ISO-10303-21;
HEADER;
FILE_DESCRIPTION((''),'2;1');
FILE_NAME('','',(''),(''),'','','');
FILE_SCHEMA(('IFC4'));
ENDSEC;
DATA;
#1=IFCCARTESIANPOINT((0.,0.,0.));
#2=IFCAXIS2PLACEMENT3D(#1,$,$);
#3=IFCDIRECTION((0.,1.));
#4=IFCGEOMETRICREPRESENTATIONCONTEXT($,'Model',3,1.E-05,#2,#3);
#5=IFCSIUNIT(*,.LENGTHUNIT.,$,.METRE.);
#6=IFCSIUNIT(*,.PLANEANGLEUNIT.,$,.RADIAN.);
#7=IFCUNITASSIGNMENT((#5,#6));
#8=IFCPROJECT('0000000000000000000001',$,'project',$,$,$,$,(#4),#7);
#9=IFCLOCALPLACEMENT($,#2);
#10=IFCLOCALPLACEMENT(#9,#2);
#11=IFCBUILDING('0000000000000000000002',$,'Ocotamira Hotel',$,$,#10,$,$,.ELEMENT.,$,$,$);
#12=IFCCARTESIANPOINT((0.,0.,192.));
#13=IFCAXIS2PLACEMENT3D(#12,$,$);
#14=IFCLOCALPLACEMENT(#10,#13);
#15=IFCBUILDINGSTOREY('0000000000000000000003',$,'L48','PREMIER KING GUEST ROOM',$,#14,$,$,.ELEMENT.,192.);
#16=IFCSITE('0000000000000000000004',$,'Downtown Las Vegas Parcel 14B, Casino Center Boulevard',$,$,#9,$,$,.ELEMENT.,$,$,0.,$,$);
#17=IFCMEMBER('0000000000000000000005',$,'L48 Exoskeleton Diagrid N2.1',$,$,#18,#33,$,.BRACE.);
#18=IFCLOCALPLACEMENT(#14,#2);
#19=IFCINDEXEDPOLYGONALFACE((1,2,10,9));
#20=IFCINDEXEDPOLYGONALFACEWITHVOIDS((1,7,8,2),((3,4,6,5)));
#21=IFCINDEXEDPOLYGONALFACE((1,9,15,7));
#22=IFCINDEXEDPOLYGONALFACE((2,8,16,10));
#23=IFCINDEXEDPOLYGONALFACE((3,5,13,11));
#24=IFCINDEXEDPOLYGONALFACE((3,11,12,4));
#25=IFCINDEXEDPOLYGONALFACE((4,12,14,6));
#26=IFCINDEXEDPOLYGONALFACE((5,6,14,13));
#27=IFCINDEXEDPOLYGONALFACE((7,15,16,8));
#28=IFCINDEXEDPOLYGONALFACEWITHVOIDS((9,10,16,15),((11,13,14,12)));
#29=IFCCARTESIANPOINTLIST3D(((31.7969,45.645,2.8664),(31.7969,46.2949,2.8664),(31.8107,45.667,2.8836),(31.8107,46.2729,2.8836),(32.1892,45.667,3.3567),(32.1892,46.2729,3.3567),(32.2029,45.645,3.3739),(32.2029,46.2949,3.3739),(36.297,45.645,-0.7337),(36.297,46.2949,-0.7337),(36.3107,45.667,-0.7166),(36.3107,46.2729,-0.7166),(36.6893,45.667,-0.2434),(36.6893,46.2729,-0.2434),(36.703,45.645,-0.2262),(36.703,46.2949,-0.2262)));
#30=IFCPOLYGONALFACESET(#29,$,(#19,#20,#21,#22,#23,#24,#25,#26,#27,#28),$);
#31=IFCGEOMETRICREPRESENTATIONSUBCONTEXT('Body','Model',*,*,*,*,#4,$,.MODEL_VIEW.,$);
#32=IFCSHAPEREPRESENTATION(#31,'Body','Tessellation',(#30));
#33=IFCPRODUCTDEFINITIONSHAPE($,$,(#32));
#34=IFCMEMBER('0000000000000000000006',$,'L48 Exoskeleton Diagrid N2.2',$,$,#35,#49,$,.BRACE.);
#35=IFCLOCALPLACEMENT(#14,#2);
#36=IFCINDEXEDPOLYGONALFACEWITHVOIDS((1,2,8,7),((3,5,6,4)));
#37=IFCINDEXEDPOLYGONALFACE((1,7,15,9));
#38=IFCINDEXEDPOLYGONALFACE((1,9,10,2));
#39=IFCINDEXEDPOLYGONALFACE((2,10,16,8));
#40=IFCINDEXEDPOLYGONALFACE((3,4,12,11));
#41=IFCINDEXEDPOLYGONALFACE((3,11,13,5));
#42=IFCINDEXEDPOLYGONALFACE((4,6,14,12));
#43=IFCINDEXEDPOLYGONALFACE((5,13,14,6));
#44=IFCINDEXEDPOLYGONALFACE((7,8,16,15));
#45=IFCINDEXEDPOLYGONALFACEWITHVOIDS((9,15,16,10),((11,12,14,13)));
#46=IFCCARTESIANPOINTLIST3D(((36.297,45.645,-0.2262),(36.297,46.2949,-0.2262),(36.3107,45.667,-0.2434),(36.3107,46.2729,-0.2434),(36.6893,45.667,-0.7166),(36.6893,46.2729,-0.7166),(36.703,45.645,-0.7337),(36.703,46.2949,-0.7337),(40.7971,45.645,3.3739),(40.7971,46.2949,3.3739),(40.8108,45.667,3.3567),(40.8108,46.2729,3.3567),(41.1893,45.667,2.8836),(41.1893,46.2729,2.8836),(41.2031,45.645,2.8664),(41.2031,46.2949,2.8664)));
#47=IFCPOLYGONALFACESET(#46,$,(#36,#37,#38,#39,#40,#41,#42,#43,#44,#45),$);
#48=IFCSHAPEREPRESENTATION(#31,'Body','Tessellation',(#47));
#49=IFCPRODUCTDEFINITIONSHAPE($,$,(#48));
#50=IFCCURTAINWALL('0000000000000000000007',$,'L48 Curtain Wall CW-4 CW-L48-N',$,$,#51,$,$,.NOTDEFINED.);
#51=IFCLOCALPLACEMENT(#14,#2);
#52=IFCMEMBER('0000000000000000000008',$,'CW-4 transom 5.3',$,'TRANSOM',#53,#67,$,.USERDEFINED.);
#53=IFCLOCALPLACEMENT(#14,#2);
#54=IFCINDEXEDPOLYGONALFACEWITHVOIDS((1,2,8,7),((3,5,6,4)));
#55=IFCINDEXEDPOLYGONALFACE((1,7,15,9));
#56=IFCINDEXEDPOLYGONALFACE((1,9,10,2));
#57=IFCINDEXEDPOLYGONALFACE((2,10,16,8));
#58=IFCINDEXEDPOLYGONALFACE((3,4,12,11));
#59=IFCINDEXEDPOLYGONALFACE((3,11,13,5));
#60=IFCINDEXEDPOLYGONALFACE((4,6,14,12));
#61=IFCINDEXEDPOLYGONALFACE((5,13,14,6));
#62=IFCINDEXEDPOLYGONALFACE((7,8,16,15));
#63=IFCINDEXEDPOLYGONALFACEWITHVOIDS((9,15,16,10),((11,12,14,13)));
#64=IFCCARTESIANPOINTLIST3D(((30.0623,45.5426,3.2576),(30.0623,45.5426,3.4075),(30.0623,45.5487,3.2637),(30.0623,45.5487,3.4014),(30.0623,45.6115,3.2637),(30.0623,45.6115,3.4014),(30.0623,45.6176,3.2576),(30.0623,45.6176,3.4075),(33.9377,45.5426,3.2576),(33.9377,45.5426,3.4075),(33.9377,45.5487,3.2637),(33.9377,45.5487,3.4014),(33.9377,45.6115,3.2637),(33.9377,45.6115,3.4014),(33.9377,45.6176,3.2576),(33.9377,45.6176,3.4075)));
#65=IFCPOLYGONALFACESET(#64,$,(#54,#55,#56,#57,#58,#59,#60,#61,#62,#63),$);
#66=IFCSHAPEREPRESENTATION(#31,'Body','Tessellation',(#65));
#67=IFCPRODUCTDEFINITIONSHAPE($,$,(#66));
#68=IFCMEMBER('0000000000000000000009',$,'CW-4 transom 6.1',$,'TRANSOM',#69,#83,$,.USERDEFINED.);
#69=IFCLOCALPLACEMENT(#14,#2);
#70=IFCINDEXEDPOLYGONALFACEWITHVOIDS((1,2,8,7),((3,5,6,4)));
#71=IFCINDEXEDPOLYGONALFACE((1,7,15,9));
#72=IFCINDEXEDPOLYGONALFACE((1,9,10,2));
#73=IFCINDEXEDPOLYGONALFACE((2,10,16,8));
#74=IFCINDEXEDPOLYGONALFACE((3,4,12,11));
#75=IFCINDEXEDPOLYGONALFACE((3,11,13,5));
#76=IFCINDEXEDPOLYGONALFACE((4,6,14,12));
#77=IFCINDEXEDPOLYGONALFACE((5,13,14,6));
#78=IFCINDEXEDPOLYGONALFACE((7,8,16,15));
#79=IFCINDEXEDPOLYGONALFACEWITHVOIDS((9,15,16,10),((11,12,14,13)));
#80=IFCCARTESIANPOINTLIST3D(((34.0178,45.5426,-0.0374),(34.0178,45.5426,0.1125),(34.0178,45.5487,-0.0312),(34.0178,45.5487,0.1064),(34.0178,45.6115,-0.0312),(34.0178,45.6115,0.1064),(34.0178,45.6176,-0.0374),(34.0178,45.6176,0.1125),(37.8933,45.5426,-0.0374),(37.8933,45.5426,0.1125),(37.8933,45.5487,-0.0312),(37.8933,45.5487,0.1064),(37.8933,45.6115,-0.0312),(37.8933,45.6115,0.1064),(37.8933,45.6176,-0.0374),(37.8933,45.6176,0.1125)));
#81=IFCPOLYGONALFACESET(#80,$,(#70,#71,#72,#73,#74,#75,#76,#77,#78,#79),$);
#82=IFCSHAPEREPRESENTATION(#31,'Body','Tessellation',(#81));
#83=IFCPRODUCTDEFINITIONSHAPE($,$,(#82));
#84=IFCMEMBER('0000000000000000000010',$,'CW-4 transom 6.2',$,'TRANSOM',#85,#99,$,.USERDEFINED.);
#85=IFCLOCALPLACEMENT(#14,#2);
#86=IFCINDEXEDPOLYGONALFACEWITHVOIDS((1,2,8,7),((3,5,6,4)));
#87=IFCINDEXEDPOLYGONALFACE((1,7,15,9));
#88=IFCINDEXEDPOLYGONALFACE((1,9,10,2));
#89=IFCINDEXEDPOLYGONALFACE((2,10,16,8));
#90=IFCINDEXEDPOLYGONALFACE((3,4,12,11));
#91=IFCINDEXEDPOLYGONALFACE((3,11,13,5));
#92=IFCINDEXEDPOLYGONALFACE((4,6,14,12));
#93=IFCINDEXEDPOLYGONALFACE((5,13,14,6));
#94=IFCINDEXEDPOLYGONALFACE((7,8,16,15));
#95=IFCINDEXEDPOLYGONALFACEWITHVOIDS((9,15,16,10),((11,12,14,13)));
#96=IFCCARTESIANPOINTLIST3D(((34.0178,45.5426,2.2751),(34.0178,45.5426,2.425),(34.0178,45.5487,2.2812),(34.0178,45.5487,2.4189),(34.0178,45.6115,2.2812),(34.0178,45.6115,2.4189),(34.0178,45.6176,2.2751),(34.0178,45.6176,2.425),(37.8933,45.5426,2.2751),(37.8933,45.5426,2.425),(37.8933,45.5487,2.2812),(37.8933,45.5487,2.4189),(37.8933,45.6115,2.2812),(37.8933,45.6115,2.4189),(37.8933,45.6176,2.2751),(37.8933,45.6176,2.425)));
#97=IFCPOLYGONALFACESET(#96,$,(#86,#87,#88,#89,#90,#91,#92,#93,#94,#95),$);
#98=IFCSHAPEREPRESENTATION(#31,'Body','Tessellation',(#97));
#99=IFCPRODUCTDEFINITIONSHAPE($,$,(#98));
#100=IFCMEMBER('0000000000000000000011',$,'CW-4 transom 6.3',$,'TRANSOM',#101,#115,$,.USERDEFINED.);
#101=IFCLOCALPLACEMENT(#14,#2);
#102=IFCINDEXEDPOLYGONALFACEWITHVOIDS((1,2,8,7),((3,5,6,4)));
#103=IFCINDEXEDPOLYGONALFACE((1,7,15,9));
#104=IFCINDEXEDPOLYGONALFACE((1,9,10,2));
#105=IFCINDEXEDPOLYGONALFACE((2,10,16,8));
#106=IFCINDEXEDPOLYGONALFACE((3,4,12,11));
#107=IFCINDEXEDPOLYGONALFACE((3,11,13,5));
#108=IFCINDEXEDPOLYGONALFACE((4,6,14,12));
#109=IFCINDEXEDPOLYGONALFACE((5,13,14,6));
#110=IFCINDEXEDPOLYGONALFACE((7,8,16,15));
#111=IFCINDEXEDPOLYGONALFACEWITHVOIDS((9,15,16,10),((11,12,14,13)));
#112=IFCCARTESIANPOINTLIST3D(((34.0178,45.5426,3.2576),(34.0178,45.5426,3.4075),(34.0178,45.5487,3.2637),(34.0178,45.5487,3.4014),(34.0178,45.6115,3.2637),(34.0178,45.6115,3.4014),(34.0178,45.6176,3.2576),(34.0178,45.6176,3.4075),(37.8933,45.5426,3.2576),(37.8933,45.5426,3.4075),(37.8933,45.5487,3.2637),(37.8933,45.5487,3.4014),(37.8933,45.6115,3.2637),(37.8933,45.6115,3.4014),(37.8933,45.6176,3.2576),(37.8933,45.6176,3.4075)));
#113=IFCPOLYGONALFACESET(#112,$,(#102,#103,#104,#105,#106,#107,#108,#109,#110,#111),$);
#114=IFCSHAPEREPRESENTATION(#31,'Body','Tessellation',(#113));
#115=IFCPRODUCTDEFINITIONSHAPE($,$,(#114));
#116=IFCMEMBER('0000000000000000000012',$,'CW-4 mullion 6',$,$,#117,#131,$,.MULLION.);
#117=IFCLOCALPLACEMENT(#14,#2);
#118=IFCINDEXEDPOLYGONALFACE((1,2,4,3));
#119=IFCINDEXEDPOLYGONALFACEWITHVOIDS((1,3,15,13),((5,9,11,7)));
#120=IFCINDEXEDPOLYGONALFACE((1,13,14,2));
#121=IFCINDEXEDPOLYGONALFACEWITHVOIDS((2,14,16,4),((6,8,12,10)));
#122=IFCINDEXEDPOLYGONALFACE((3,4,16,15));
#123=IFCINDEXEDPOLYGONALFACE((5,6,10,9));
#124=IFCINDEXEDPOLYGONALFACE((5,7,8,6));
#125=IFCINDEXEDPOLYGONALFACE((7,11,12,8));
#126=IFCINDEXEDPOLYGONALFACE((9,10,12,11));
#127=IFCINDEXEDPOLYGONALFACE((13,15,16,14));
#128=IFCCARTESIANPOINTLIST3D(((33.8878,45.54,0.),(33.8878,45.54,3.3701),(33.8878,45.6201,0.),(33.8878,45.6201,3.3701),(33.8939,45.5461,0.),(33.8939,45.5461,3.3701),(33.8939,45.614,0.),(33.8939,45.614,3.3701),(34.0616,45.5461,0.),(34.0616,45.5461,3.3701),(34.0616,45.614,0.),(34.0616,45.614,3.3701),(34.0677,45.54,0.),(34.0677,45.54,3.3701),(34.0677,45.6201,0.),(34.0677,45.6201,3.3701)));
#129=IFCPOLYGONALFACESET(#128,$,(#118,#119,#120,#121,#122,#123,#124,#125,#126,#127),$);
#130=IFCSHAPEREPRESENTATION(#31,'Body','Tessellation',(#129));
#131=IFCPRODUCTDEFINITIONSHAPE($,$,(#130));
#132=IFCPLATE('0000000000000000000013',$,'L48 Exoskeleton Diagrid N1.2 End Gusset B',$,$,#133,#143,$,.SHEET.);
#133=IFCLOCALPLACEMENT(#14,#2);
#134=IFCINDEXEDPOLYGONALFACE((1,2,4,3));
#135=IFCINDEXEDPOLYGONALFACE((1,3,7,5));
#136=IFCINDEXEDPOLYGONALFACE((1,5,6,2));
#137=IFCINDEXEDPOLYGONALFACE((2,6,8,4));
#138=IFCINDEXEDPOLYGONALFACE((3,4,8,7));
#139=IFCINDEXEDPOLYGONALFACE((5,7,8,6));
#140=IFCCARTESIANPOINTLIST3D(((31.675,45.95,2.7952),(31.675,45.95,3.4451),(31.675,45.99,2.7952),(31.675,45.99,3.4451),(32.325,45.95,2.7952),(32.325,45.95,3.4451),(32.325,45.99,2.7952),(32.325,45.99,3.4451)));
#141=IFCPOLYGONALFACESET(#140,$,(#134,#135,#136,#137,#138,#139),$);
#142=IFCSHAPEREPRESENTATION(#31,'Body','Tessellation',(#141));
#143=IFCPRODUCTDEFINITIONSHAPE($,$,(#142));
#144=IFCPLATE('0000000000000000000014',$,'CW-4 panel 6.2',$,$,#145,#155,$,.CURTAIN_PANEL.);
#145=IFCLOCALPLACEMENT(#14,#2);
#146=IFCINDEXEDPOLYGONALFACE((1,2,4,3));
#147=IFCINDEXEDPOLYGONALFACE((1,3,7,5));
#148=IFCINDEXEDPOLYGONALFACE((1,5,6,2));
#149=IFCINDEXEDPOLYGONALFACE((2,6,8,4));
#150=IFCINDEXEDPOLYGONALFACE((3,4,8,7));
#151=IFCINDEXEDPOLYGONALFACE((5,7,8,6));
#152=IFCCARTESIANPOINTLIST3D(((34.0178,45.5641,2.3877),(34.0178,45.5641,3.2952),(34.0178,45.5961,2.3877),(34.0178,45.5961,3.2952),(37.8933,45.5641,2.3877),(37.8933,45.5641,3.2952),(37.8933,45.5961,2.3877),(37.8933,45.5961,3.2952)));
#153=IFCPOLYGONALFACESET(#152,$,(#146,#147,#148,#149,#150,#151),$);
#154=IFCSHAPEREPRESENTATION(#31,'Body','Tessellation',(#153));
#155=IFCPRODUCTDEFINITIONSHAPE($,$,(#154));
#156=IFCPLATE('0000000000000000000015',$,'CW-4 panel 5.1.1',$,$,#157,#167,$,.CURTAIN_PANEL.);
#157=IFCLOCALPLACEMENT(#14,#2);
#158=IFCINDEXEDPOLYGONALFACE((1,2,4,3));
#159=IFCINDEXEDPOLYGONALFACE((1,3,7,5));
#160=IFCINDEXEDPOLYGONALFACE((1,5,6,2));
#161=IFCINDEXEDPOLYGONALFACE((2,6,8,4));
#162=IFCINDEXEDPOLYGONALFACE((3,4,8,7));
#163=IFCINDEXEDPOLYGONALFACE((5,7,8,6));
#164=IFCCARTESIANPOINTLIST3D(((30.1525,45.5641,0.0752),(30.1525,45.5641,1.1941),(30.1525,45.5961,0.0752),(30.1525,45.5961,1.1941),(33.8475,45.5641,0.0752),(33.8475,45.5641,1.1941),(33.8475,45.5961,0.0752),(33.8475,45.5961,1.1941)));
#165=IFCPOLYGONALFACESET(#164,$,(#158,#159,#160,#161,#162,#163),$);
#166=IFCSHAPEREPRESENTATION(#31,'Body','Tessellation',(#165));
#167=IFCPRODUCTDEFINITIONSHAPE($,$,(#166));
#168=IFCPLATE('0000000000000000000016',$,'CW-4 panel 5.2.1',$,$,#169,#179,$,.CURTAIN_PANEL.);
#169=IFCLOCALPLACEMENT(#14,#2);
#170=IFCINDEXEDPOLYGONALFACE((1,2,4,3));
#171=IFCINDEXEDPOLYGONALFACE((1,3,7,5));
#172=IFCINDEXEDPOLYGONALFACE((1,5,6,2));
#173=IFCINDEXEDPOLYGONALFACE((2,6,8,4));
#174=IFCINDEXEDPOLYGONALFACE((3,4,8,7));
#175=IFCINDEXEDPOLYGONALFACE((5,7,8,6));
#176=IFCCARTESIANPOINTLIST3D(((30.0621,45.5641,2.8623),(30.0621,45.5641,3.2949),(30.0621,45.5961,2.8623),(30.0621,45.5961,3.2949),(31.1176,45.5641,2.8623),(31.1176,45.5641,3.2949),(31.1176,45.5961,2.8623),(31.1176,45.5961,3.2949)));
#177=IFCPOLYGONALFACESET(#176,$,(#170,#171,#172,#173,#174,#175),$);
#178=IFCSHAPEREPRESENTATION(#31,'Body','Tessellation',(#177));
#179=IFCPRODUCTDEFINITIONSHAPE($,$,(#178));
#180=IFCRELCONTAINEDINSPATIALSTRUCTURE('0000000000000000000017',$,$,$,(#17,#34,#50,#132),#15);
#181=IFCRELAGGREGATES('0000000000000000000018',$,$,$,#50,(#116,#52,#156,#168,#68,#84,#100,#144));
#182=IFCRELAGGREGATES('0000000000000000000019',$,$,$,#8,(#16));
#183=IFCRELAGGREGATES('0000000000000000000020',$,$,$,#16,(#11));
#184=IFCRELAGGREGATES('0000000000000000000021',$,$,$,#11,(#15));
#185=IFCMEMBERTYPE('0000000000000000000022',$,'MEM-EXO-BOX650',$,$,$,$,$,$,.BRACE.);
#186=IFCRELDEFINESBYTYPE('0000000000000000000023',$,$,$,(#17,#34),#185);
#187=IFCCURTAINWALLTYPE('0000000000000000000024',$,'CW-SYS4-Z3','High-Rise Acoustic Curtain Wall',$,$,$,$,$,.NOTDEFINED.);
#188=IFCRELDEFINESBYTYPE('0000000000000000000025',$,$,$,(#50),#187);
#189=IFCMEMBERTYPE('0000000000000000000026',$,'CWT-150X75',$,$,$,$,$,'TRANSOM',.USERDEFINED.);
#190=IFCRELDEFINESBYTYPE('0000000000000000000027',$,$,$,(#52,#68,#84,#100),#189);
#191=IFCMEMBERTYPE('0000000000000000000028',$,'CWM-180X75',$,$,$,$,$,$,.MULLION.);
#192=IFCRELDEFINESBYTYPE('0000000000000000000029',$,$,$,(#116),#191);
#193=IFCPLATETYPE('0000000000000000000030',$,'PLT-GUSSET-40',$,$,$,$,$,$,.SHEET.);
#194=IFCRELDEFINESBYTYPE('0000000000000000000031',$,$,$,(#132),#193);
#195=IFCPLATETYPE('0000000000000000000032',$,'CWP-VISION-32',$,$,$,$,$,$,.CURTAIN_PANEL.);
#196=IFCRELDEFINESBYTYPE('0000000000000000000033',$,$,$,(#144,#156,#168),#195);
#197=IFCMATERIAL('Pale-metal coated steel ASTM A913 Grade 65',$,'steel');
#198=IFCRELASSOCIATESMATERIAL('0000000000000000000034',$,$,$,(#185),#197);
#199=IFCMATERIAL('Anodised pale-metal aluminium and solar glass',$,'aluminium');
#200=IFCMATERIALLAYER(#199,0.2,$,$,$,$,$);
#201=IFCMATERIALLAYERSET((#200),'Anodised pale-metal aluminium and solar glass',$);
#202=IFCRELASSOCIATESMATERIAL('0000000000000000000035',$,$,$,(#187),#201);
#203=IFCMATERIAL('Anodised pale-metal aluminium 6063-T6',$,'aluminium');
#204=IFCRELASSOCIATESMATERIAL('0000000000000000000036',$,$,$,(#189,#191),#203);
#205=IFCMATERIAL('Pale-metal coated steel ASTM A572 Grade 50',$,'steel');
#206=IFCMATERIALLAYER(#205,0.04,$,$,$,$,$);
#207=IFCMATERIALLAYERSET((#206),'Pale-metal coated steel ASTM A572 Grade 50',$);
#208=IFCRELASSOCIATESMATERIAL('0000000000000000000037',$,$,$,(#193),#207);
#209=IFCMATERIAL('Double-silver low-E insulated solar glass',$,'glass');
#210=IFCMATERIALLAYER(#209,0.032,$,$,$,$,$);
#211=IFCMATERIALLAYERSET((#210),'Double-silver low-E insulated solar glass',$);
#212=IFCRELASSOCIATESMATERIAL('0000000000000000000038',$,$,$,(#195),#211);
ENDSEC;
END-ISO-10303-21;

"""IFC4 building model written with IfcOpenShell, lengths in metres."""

from ifc_helpers import new_model, si_unit, direction, frame, origin, origin_2d, place, context, subcontext, project, spatial, rectangle, hollow_rectangle, extrude, source, transform, mapped, material, layer, layer_set, material_profile, profile_set, type_object, element, aggregate, save


model = new_model("IFC4")

# Units and contexts
model_context = context("Model", 3, precision=1e-05, world=origin(), true_north=direction((0.0, 1.0)))
body_context = subcontext(model_context, "Body", "Model", "MODEL_VIEW")
ifc_project = project(units=[si_unit("LENGTHUNIT", "METRE"), si_unit("PLANEANGLEUNIT", "RADIAN")], contexts=[model_context])

# Site, building, storey
site_placement = place(None, origin())
site = spatial("IfcSite", under=ifc_project, at=site_placement, Name="Downtown Las Vegas Parcel 14B, Casino Center Boulevard", CompositionType="ELEMENT", RefElevation=0.0)
building_placement = place(site_placement, origin())
building = spatial("IfcBuilding", under=site, at=building_placement, Name="Ocotamira Hotel", CompositionType="ELEMENT")
storey_placement = place(building_placement, frame((0.0, 0.0, 192.0)))
storey = spatial("IfcBuildingStorey", under=building, at=storey_placement, Name="L48", Description="PREMIER KING GUEST ROOM", CompositionType="ELEMENT", Elevation=192.0)

# Members
ifc_material_1 = material(Name="Pale-metal coated steel ASTM A913 Grade 65", Category="steel")
ifc_material_profile_1 = material_profile(ifc_material_1, hollow_rectangle(XDim=0.6499, YDim=0.6499, WallThickness=0.022, at=origin_2d()), Name="BOX650X650X22")
ifc_profile_set_1 = profile_set([ifc_material_profile_1], Name="Pale-metal coated steel ASTM A913 Grade 65")
member_type_1 = type_object("IfcMemberType", Name="MEM-EXO-BOX650", PredefinedType="BRACE", material=ifc_profile_set_1)
shared_shape_1 = source(origin(), body_context, "Body", "SweptSolid", [
    extrude(hollow_rectangle(XDim=0.6499, YDim=0.6499, WallThickness=0.022, at=origin_2d()), origin(), (0.0, 0.0, 1.0), 5.7629),
])
for number, where, z_axis, x_axis, name in (
    (1, (36.5, 45.97, -0.48), (-0.780861, 0.0, 0.624705), (0.0, -1.0, 0.0), "L48 Exoskeleton Diagrid N2.1"),
    (2, (36.5, 45.97, -0.48), (0.780861, 0.0, 0.624705), (0.0, 1.0, 0.0), "L48 Exoskeleton Diagrid N2.2"),
):
    element("IfcMember", number, at=place(storey_placement, frame(where, z_axis=z_axis, x_axis=x_axis)), inside=storey, type_object=member_type_1, Name=name, PredefinedType="BRACE", context=body_context, shape_type="MappedRepresentation", body=[
        mapped(shared_shape_1, transform((0.0, 0.0, 0.0), scale=1.0)),
    ])

# Curtain wall, members
ifc_material_2 = material(Name="Anodised pale-metal aluminium and solar glass", Category="aluminium")
ifc_layer_1 = layer(ifc_material_2, 0.2)
ifc_layer_set_1 = layer_set([ifc_layer_1], Name="Anodised pale-metal aluminium and solar glass")
curtain_wall_type = type_object("IfcCurtainWallType", Name="CW-SYS4-Z3", Description="High-Rise Acoustic Curtain Wall", PredefinedType="NOTDEFINED", material=ifc_layer_set_1)
curtain_wall_placement = place(storey_placement, origin())
curtain_wall = element("IfcCurtainWall", 3, at=curtain_wall_placement, inside=storey, type_object=curtain_wall_type, Name="L48 Curtain Wall CW-4 CW-L48-N", PredefinedType="NOTDEFINED")
ifc_material_3 = material(Name="Anodised pale-metal aluminium 6063-T6", Category="aluminium")
ifc_material_profile_2 = material_profile(ifc_material_3, hollow_rectangle(XDim=0.075, YDim=0.1499, WallThickness=0.0061, at=origin_2d()), Name="HSS150X75X6")
ifc_profile_set_2 = profile_set([ifc_material_profile_2], Name="Anodised pale-metal aluminium 6063-T6")
member_type_2 = type_object("IfcMemberType", Name="CWT-150X75", ElementType="TRANSOM", PredefinedType="USERDEFINED", material=ifc_profile_set_2)
shared_shape_2 = source(origin(), body_context, "Body", "SweptSolid", [
    extrude(hollow_rectangle(XDim=0.075, YDim=0.1499, WallThickness=0.0061, at=origin_2d()), origin(), (0.0, 0.0, 1.0), 3.8755),
])
member_1_placement = place(storey_placement, frame((30.0623, 45.5801, 3.3325), z_axis=(1.0, 0.0, 0.0), x_axis=(0.0, 1.0, 0.0)))
member_1 = element("IfcMember", 4, at=member_1_placement, type_object=member_type_2, Name="CW-4 transom 5.3", ObjectType="TRANSOM", PredefinedType="USERDEFINED", context=body_context, shape_type="MappedRepresentation", body=[
    mapped(shared_shape_2, transform((0.0, 0.0, 0.0), scale=1.0)),
])
member_2_placement = place(storey_placement, frame((34.0178, 45.5801, 0.0376), z_axis=(1.0, 0.0, 0.0), x_axis=(0.0, 1.0, 0.0)))
member_2 = element("IfcMember", 5, at=member_2_placement, type_object=member_type_2, Name="CW-4 transom 6.1", ObjectType="TRANSOM", PredefinedType="USERDEFINED", context=body_context, shape_type="MappedRepresentation", body=[
    mapped(shared_shape_2, transform((0.0, 0.0, 0.0), scale=1.0)),
])
member_3_placement = place(storey_placement, frame((34.0178, 45.5801, 2.3501), z_axis=(1.0, 0.0, 0.0), x_axis=(0.0, 1.0, 0.0)))
member_3 = element("IfcMember", 6, at=member_3_placement, type_object=member_type_2, Name="CW-4 transom 6.2", ObjectType="TRANSOM", PredefinedType="USERDEFINED", context=body_context, shape_type="MappedRepresentation", body=[
    mapped(shared_shape_2, transform((0.0, 0.0, 0.0), scale=1.0)),
])
member_4_placement = place(storey_placement, frame((34.0178, 45.5801, 3.3325), z_axis=(1.0, 0.0, 0.0), x_axis=(0.0, 1.0, 0.0)))
member_4 = element("IfcMember", 7, at=member_4_placement, type_object=member_type_2, Name="CW-4 transom 6.3", ObjectType="TRANSOM", PredefinedType="USERDEFINED", context=body_context, shape_type="MappedRepresentation", body=[
    mapped(shared_shape_2, transform((0.0, 0.0, 0.0), scale=1.0)),
])
ifc_material_profile_3 = material_profile(ifc_material_3, hollow_rectangle(XDim=0.0801, YDim=0.1799, WallThickness=0.0061, at=origin_2d()), Name="HSS180X80X6")
ifc_profile_set_3 = profile_set([ifc_material_profile_3], Name="Anodised pale-metal aluminium 6063-T6")
member_type_3 = type_object("IfcMemberType", Name="CWM-180X75", PredefinedType="MULLION", material=ifc_profile_set_3)
shared_shape_3 = source(origin(), body_context, "Body", "SweptSolid", [
    extrude(hollow_rectangle(XDim=0.0801, YDim=0.1799, WallThickness=0.0061, at=origin_2d()), origin(), (0.0, 0.0, 1.0), 3.3701),
])
member_5_placement = place(storey_placement, frame((33.9778, 45.5801, 0.0), z_axis=(0.0, 0.0, 1.0), x_axis=(0.0, 1.0, 0.0)))
member_5 = element("IfcMember", 8, at=member_5_placement, type_object=member_type_3, Name="CW-4 mullion 6", PredefinedType="MULLION", context=body_context, shape_type="MappedRepresentation", body=[
    mapped(shared_shape_3, transform((0.0, 0.0, 0.0), scale=1.0)),
])

# Plates
ifc_material_4 = material(Name="Pale-metal coated steel ASTM A572 Grade 50", Category="steel")
ifc_layer_2 = layer(ifc_material_4, 0.04)
ifc_layer_set_2 = layer_set([ifc_layer_2], Name="Pale-metal coated steel ASTM A572 Grade 50")
plate_type_1 = type_object("IfcPlateType", Name="PLT-GUSSET-40", PredefinedType="SHEET", material=ifc_layer_set_2)
shared_shape_4 = source(origin(), body_context, "Body", "SweptSolid", [
    extrude(rectangle(XDim=0.6499, YDim=0.04, at=origin_2d()), origin(), (0.0, 0.0, 1.0), 0.6499),
])
plate_1_placement = place(storey_placement, frame((32.0, 45.97, 2.7952), z_axis=(0.0, 0.0, 1.0), x_axis=(1.0, 0.0, 0.0)))
element("IfcPlate", 9, at=plate_1_placement, inside=storey, type_object=plate_type_1, Name="L48 Exoskeleton Diagrid N1.2 End Gusset B", PredefinedType="SHEET", context=body_context, shape_type="MappedRepresentation", body=[
    mapped(shared_shape_4, transform((0.0, 0.0, 0.0), scale=1.0)),
])
ifc_material_5 = material(Name="Double-silver low-E insulated solar glass", Category="glass")
ifc_layer_3 = layer(ifc_material_5, 0.032)
ifc_layer_set_3 = layer_set([ifc_layer_3], Name="Double-silver low-E insulated solar glass")
plate_type_2 = type_object("IfcPlateType", Name="CWP-VISION-32", PredefinedType="CURTAIN_PANEL", material=ifc_layer_set_3)
shared_shape_5 = source(origin(), body_context, "Body", "SweptSolid", [
    extrude(rectangle(XDim=3.8755, YDim=0.032, at=origin_2d()), origin(), (0.0, 0.0, 1.0), 0.9075),
])
plate_2_placement = place(storey_placement, frame((35.9556, 45.5801, 2.3877), z_axis=(0.0, 0.0, 1.0), x_axis=(1.0, 0.0, 0.0)))
plate_2 = element("IfcPlate", 10, at=plate_2_placement, type_object=plate_type_2, Name="CW-4 panel 6.2", PredefinedType="CURTAIN_PANEL", context=body_context, shape_type="MappedRepresentation", body=[
    mapped(shared_shape_5, transform((0.0, 0.0, 0.0), scale=1.0)),
])
shared_shape_6 = source(origin(), body_context, "Body", "SweptSolid", [
    extrude(rectangle(XDim=3.6951, YDim=0.032, at=origin_2d()), origin(), (0.0, 0.0, 1.0), 1.1189),
])
plate_3_placement = place(storey_placement, frame((32.0, 45.5801, 0.0752), z_axis=(0.0, 0.0, 1.0), x_axis=(1.0, 0.0, 0.0)))
plate_3 = element("IfcPlate", 11, at=plate_3_placement, type_object=plate_type_2, Name="CW-4 panel 5.1.1", PredefinedType="CURTAIN_PANEL", context=body_context, shape_type="MappedRepresentation", body=[
    mapped(shared_shape_6, transform((0.0, 0.0, 0.0), scale=1.0)),
])
shared_shape_7 = source(origin(), body_context, "Body", "SweptSolid", [
    extrude(rectangle(XDim=1.0554, YDim=0.032, at=origin_2d()), origin(), (0.0, 0.0, 1.0), 0.4326),
])
plate_4_placement = place(storey_placement, frame((30.5898, 45.5801, 2.8623), z_axis=(0.0, 0.0, 1.0), x_axis=(1.0, 0.0, 0.0)))
plate_4 = element("IfcPlate", 12, at=plate_4_placement, type_object=plate_type_2, Name="CW-4 panel 5.2.1", PredefinedType="CURTAIN_PANEL", context=body_context, shape_type="MappedRepresentation", body=[
    mapped(shared_shape_7, transform((0.0, 0.0, 0.0), scale=1.0)),
])
aggregate(curtain_wall, [member_5, member_1, plate_3, plate_4, member_2, member_3, member_4, plate_2])

save(model, "model.ifc")
